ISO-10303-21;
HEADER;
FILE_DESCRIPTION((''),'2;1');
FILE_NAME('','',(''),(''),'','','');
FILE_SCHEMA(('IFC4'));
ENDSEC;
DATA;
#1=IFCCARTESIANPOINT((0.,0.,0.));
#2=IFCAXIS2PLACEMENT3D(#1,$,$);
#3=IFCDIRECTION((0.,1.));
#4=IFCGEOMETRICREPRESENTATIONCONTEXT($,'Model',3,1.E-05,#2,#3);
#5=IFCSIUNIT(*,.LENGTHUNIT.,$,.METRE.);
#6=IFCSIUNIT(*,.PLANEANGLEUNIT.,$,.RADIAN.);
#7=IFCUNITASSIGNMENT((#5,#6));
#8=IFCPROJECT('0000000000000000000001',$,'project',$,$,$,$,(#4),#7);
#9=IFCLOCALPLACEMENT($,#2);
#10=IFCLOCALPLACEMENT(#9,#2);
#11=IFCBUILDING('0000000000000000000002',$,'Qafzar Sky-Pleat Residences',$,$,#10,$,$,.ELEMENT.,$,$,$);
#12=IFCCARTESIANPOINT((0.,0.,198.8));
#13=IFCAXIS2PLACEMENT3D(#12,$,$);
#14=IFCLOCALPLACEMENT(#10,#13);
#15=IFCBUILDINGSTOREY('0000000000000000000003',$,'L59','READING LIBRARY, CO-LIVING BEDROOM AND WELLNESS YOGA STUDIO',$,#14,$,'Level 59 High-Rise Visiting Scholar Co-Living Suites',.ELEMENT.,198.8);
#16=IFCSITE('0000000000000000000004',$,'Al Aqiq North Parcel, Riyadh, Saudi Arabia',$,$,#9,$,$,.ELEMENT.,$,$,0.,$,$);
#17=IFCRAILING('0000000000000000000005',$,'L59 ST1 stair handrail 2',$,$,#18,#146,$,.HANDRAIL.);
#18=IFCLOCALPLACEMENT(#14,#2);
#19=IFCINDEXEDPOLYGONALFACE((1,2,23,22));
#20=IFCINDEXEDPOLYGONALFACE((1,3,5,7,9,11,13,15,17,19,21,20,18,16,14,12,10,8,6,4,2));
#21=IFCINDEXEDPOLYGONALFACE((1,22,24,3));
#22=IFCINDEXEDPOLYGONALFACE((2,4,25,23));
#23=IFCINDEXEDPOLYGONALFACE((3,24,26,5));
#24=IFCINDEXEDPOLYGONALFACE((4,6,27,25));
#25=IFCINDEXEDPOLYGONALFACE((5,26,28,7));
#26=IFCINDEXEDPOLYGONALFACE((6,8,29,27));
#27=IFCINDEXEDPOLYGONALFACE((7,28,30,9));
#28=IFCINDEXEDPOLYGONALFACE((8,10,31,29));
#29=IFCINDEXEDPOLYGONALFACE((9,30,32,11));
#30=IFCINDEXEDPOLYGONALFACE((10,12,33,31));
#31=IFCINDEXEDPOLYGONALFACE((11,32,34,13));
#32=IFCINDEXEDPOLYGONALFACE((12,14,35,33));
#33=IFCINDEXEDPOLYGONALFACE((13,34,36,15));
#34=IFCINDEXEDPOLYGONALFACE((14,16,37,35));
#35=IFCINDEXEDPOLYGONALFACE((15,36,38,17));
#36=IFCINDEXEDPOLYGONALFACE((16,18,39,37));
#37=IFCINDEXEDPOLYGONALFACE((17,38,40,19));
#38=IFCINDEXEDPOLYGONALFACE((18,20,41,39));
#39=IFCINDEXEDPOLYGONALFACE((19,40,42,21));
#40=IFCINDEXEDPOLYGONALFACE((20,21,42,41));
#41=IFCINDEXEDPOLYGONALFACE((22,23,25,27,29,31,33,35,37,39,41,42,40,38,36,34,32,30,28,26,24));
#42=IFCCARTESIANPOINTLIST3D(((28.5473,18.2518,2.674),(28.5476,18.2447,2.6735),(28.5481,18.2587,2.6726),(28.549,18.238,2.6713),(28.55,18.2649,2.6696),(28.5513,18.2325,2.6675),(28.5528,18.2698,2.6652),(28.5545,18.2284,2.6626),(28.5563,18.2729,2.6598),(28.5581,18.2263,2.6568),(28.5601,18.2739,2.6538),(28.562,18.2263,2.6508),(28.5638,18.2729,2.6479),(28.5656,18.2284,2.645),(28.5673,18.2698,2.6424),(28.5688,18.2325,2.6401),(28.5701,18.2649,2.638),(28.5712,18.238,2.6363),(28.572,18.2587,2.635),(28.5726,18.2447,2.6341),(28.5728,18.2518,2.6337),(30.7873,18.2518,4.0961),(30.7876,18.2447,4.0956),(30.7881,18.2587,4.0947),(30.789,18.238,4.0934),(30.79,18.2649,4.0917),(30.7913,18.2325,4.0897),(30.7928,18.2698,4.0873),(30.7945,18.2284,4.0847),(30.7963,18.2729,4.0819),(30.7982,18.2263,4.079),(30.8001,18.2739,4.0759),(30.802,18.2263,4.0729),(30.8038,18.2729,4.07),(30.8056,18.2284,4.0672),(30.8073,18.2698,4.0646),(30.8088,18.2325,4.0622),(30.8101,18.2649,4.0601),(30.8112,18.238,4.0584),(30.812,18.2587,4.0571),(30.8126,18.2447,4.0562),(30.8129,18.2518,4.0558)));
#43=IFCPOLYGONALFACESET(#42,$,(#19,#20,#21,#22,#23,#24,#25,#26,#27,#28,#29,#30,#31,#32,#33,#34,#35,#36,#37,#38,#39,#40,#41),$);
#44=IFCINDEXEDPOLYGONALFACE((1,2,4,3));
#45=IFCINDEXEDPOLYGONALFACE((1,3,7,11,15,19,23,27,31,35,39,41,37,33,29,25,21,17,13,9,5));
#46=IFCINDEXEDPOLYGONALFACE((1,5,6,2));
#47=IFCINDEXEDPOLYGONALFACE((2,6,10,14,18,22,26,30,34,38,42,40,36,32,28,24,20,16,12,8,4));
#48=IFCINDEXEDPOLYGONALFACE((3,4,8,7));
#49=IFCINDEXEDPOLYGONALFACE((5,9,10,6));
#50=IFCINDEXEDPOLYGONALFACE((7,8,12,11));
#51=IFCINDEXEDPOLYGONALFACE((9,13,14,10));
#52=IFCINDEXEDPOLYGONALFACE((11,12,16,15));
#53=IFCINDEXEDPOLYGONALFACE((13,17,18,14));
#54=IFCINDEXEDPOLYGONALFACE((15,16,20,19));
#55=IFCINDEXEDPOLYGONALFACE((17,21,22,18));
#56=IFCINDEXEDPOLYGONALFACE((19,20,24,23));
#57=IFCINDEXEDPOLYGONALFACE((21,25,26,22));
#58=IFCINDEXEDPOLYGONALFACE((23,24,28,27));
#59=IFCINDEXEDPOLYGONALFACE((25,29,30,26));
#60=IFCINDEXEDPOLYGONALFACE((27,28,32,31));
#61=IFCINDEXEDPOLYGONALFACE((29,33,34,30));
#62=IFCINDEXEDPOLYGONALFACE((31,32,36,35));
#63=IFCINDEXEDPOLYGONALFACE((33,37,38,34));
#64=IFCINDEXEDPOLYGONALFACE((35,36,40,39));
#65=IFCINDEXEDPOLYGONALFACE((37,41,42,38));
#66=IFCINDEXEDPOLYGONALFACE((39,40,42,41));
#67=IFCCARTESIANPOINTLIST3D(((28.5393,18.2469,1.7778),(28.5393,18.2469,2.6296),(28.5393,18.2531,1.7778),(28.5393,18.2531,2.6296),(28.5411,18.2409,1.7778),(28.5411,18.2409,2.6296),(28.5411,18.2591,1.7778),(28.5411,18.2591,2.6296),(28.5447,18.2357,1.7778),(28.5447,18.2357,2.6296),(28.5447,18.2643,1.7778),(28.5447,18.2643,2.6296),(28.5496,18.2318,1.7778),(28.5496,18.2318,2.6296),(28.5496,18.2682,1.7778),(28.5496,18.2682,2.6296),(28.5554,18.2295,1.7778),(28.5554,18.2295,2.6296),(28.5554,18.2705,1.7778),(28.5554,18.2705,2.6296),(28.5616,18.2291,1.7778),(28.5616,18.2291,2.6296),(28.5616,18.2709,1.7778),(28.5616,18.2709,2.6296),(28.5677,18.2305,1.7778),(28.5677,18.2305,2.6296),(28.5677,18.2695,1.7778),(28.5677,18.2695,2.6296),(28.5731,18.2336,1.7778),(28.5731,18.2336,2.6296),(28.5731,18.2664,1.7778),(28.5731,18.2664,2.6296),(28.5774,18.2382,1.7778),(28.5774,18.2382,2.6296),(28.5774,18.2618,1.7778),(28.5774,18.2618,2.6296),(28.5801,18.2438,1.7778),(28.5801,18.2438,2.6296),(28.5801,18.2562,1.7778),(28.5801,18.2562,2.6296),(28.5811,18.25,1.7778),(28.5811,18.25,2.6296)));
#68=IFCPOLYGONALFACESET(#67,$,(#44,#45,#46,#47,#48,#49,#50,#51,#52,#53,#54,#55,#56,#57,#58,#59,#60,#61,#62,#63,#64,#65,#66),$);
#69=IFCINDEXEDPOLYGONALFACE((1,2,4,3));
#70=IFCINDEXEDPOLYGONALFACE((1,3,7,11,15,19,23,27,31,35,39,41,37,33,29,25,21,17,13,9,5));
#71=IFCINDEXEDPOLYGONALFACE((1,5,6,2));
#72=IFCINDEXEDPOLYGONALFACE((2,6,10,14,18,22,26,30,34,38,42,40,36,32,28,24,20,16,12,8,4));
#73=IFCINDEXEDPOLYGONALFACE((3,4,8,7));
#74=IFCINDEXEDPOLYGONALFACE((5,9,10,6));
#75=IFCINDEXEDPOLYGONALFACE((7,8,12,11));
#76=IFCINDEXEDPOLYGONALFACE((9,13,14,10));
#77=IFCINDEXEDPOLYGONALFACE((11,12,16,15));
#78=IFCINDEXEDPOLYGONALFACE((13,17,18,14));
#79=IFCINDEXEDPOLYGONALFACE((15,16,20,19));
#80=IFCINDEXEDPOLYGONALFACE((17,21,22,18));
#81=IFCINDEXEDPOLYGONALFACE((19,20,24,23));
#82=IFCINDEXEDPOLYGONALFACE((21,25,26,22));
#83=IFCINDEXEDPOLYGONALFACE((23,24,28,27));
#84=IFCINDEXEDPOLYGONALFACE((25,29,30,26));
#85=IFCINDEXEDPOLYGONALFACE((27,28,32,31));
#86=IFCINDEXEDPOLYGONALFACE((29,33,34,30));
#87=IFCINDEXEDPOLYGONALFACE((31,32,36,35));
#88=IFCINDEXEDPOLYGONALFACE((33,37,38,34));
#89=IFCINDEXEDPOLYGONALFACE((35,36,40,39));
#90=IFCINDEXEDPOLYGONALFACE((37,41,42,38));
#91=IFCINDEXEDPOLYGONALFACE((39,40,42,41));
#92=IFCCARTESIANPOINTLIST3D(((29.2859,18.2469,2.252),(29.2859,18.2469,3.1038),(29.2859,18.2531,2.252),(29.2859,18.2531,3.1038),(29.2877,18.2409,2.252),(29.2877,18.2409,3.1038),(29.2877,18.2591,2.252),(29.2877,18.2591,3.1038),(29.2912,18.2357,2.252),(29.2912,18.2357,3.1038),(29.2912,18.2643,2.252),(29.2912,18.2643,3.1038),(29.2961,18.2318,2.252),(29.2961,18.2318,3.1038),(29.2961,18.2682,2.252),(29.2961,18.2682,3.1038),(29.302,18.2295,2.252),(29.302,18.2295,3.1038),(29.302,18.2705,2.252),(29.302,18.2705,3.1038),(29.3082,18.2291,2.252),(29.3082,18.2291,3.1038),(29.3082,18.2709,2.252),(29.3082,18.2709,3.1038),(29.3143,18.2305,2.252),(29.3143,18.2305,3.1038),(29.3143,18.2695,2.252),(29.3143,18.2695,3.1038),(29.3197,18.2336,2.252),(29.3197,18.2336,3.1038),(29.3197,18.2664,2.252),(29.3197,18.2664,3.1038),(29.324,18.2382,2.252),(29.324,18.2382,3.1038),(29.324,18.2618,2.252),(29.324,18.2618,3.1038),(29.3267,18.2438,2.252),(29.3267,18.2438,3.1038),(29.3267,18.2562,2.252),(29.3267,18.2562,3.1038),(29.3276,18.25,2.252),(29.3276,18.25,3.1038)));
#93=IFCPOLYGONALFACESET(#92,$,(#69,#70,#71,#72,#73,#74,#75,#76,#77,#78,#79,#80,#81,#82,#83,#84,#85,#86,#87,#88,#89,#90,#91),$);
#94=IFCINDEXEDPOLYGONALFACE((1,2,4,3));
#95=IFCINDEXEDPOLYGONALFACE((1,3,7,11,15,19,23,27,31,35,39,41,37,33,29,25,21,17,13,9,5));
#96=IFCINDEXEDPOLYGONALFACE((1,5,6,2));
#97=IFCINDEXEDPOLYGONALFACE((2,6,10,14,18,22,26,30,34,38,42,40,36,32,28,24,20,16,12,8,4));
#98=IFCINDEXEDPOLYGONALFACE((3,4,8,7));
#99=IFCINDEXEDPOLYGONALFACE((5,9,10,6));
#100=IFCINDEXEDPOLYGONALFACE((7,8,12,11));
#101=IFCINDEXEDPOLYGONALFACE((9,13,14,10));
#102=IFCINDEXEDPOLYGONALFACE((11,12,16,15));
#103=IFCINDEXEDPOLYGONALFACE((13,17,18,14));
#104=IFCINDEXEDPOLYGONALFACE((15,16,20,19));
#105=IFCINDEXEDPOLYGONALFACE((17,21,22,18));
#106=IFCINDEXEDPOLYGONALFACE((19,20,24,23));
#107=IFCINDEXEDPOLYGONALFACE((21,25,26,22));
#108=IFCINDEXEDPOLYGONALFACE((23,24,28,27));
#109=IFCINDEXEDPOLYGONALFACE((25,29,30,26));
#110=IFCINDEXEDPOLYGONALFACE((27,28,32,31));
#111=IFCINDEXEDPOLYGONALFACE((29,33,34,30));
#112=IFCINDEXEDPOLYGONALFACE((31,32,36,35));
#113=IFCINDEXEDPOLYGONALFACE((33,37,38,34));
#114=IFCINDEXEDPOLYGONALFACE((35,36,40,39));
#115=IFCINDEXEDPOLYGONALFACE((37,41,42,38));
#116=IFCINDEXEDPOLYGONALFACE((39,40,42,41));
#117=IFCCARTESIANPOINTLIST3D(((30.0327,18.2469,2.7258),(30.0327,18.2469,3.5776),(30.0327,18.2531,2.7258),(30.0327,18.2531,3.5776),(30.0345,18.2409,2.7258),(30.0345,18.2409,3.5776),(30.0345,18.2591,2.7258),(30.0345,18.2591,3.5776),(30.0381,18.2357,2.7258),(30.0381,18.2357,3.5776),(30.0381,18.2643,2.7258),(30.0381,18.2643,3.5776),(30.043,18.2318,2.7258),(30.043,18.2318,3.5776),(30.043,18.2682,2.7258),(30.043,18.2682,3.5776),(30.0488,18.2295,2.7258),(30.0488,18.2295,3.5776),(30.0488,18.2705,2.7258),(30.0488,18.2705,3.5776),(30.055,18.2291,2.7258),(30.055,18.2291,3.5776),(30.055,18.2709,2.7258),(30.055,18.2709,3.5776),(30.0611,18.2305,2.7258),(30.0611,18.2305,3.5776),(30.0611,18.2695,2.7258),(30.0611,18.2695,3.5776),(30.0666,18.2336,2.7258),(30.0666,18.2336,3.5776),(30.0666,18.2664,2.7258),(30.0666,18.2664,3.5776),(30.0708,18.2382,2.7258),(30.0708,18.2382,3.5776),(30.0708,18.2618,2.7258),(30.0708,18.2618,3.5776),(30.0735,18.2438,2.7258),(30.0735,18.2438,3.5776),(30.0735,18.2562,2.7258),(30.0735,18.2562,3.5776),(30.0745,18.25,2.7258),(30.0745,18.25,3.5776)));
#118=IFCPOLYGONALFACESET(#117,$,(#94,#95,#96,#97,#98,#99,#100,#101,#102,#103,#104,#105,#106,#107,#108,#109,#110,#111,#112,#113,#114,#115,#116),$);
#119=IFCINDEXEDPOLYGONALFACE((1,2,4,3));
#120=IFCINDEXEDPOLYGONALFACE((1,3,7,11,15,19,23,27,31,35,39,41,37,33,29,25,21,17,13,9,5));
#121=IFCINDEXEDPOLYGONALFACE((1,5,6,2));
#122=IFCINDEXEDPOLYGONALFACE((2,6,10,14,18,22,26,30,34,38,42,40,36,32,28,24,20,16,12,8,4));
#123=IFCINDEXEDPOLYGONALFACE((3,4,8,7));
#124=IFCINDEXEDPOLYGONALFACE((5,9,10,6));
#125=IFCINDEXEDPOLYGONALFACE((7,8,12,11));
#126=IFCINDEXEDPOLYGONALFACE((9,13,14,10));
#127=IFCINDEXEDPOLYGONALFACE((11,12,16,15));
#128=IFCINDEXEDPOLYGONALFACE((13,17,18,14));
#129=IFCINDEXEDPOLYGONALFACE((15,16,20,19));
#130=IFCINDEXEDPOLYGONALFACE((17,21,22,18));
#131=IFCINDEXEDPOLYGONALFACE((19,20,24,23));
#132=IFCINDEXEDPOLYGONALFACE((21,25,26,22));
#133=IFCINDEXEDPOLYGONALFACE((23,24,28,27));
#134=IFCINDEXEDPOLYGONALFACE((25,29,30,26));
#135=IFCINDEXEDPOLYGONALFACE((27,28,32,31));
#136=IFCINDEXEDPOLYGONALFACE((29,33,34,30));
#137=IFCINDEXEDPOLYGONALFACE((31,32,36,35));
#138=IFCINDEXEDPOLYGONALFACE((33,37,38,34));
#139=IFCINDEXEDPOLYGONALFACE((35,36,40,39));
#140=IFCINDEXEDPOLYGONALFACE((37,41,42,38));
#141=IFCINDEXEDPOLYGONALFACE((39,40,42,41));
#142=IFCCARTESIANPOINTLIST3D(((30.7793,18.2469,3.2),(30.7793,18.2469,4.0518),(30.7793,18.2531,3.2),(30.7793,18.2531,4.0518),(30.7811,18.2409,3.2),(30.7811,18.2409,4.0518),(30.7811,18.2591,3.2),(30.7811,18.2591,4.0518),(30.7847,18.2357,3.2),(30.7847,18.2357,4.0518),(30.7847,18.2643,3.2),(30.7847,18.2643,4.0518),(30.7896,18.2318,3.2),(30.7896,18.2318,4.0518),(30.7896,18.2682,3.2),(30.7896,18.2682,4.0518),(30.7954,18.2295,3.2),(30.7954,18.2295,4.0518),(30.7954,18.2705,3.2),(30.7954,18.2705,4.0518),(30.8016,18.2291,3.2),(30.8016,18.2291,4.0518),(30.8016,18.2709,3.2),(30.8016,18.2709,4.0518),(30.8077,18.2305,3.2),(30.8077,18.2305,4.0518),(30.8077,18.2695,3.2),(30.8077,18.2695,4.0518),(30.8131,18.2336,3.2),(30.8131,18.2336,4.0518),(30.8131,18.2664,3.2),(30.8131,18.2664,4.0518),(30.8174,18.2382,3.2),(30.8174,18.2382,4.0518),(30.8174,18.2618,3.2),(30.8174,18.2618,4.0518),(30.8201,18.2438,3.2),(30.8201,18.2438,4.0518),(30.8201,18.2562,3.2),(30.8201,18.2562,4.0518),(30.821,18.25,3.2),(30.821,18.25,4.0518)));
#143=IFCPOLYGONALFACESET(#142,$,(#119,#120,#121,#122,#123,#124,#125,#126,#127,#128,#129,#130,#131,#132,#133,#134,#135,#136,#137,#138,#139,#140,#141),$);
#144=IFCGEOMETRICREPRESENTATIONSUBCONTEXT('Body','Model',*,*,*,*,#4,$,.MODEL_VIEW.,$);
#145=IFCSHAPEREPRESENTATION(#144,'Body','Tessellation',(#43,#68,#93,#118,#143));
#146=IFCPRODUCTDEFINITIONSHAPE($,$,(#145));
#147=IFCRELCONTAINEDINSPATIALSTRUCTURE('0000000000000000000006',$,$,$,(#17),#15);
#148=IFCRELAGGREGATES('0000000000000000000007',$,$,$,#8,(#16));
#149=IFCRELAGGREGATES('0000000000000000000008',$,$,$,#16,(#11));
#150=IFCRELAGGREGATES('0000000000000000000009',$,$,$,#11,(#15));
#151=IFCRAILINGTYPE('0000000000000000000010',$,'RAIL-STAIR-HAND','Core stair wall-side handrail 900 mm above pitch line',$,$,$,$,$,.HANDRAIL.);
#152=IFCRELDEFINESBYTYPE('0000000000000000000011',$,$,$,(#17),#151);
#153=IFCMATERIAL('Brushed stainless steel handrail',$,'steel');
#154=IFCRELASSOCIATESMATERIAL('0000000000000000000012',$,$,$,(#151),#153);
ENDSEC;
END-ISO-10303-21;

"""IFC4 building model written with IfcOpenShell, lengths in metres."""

from ifc_helpers import new_model, si_unit, direction, frame, origin, origin_2d, place, context, subcontext, project, spatial, circle, extrude, source, transform, mapped, material, type_object, element, save


model = new_model("IFC4")

# Units and contexts
model_context = context("Model", 3, precision=1e-05, world=origin(), true_north=direction((0.0, 1.0)))
body_context = subcontext(model_context, "Body", "Model", "MODEL_VIEW")
ifc_project = project(units=[si_unit("LENGTHUNIT", "METRE"), si_unit("PLANEANGLEUNIT", "RADIAN")], contexts=[model_context])

# Site, building, storey
site_placement = place(None, origin())
site = spatial("IfcSite", under=ifc_project, at=site_placement, Name="Al Aqiq North Parcel, Riyadh, Saudi Arabia", CompositionType="ELEMENT", RefElevation=0.0)
building_placement = place(site_placement, origin())
building = spatial("IfcBuilding", under=site, at=building_placement, Name="Qafzar Sky-Pleat Residences", CompositionType="ELEMENT")
storey_placement = place(building_placement, frame((0.0, 0.0, 198.8)))
storey = spatial("IfcBuildingStorey", under=building, at=storey_placement, Name="L59", Description="READING LIBRARY, CO-LIVING BEDROOM AND WELLNESS YOGA STUDIO", LongName="Level 59 High-Rise Visiting Scholar Co-Living Suites", CompositionType="ELEMENT", Elevation=198.8)

# Railing
ifc_material_1 = material(Name="Brushed stainless steel handrail", Category="steel")
railing_type_1 = type_object("IfcRailingType", Name="RAIL-STAIR-HAND", Description="Core stair wall-side handrail 900 mm above pitch line", PredefinedType="HANDRAIL", material=ifc_material_1)
shared_shape_1 = source(origin(), body_context, "Body", "SweptSolid", [
    extrude(circle(Radius=0.0239, at=origin_2d()), frame((0.0, 0.0, 0.876), z_axis=(0.844229, 0.0, 0.535982), x_axis=(0.0, 1.0, 0.0)), (0.0, 0.0, 1.0), 2.6533),
    extrude(circle(Radius=0.021, at=origin_2d()), origin(), (0.0, 0.0, 1.0), 0.8518),
    extrude(circle(Radius=0.021, at=origin_2d()), frame((0.7466, 0.0, 0.4741)), (0.0, 0.0, 1.0), 0.8518),
    extrude(circle(Radius=0.021, at=origin_2d()), frame((1.4934, 0.0, 0.948)), (0.0, 0.0, 1.0), 0.8518),
    extrude(circle(Radius=0.021, at=origin_2d()), frame((2.24, 0.0, 1.4221)), (0.0, 0.0, 1.0), 0.8518),
])
railing_1_placement = place(storey_placement, frame((28.5601, 18.25, 1.7778)))
element("IfcRailing", 1, at=railing_1_placement, inside=storey, type_object=railing_type_1, Name="L59 ST1 stair handrail 2", PredefinedType="HANDRAIL", context=body_context, shape_type="MappedRepresentation", body=[
    mapped(shared_shape_1, transform((0.0, 0.0, 0.0), x_axis=(1.0, 0.0, 0.0), y_axis=(0.0, 1.0, 0.0), z_axis=(0.0, 0.0, 1.0), scale=1.0)),
])

save(model, "model.ifc")
